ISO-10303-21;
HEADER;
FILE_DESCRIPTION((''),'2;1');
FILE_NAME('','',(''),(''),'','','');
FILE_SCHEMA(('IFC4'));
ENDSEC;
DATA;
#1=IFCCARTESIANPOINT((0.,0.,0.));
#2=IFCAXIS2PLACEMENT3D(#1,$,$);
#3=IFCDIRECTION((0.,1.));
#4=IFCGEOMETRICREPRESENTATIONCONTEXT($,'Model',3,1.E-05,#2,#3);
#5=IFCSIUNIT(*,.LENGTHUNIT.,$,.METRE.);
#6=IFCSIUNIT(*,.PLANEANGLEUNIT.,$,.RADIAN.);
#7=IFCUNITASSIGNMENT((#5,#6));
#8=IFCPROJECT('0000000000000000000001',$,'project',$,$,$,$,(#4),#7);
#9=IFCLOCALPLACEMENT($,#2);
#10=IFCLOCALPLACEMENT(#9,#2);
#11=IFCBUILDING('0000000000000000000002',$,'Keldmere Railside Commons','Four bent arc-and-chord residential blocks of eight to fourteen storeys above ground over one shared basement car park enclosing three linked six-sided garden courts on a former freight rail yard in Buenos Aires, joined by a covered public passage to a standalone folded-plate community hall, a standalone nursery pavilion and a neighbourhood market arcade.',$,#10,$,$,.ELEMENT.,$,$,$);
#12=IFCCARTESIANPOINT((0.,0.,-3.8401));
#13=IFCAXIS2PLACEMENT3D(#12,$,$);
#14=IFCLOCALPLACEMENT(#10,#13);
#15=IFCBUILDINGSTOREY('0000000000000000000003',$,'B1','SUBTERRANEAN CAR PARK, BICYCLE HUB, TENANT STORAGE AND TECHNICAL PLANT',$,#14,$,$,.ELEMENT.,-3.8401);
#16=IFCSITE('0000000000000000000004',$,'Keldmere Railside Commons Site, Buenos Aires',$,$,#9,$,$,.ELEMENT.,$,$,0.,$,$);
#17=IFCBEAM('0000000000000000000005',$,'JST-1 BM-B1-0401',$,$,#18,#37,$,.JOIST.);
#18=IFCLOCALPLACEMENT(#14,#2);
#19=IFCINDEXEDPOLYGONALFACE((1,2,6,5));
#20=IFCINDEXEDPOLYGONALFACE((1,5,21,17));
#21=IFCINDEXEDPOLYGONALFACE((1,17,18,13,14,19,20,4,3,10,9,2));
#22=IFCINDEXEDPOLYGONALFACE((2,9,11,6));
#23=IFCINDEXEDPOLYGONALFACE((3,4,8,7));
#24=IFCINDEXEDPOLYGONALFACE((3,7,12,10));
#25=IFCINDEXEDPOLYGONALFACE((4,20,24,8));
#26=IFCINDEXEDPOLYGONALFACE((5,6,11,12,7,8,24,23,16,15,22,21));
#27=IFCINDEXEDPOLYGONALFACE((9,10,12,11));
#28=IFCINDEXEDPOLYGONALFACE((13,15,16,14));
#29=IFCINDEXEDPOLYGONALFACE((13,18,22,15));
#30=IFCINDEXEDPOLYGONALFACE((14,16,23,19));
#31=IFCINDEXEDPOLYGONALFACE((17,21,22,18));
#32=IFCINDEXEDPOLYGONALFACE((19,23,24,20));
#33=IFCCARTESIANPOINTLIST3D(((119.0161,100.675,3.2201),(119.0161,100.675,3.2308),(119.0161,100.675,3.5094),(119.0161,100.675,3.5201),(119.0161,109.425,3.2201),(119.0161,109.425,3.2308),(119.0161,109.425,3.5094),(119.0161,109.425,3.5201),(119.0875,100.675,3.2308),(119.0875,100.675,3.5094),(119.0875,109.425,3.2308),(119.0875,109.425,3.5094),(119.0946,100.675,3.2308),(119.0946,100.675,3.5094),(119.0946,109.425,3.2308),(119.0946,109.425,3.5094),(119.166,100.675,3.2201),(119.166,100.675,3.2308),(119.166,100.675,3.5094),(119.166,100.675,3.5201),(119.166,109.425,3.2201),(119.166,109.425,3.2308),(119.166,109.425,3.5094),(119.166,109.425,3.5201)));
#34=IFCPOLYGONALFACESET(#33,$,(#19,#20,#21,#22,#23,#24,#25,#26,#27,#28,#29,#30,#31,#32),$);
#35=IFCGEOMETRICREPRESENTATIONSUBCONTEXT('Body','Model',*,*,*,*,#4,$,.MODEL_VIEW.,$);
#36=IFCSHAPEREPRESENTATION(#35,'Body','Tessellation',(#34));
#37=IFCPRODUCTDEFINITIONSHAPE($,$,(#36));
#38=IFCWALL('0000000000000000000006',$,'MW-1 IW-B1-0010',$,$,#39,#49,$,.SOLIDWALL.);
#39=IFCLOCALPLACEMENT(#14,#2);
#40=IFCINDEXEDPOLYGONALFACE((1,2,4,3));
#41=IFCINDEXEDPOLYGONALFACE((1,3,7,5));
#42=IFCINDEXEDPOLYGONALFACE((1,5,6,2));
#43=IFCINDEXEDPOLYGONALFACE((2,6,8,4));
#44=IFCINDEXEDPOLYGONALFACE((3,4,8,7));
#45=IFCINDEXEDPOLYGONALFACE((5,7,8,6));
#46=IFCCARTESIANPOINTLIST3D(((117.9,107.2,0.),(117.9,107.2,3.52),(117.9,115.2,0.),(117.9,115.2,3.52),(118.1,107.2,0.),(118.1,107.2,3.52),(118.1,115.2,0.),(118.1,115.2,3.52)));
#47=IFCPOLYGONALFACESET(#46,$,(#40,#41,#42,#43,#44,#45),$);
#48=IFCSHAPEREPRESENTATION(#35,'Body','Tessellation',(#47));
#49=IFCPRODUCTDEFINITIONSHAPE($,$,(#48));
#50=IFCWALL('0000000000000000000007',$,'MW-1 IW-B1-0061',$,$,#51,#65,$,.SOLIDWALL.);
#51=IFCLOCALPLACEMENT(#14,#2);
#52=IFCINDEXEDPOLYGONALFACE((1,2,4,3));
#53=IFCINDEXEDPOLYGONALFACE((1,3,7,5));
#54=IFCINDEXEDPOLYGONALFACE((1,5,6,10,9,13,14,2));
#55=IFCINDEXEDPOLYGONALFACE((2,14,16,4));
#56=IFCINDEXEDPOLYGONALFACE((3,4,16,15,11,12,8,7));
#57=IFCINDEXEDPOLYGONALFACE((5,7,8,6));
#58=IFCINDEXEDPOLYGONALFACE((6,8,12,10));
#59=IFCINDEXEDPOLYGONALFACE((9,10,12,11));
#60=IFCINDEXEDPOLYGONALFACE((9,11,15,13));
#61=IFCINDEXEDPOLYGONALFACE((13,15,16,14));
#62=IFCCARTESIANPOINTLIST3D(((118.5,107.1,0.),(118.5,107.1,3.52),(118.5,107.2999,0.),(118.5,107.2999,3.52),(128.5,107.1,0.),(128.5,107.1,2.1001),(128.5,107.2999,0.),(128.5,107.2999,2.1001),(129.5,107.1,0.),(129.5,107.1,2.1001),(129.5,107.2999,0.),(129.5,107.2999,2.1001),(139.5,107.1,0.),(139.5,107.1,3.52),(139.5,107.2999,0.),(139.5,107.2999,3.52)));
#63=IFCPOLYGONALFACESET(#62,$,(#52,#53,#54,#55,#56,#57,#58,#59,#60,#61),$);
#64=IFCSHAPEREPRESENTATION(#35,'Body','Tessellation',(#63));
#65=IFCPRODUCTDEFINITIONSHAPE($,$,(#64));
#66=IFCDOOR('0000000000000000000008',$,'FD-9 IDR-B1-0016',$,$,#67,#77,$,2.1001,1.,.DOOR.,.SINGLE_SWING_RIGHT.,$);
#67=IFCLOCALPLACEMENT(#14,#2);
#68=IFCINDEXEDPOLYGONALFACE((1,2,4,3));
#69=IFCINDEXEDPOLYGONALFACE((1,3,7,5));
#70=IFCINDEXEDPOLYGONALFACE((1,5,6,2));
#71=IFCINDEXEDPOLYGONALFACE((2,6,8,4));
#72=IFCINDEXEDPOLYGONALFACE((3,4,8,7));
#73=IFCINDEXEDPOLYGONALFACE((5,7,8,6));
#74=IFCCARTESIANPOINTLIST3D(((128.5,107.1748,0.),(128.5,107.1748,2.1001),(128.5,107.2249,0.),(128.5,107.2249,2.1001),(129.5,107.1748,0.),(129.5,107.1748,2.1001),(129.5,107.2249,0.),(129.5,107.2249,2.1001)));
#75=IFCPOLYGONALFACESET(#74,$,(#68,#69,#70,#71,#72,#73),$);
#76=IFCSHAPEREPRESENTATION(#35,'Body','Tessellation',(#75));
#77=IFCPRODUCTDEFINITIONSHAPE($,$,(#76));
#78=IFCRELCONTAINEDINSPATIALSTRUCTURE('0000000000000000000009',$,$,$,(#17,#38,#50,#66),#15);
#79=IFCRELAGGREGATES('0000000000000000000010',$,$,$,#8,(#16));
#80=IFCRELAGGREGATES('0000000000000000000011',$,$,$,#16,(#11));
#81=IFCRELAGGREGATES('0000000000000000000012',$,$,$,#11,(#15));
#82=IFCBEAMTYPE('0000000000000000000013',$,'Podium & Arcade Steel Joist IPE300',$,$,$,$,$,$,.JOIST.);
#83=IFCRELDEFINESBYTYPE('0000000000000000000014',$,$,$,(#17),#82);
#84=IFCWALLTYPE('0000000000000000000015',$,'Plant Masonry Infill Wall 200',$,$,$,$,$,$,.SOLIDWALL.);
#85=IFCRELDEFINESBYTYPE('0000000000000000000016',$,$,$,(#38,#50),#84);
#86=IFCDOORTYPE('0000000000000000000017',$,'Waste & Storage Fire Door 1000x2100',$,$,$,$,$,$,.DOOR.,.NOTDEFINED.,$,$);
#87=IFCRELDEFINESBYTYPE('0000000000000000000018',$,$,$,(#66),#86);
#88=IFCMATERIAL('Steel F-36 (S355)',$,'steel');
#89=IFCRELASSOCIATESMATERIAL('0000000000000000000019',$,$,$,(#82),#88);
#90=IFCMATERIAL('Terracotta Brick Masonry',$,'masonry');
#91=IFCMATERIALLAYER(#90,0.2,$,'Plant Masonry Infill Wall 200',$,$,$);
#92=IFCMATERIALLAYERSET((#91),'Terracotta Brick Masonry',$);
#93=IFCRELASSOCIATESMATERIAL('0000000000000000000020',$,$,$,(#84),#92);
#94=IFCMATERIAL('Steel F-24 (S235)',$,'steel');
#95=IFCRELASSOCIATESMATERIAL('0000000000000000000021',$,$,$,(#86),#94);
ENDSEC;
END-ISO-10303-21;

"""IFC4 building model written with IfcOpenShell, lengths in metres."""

from ifc_helpers import new_model, si_unit, direction, frame, frame_2d, origin, origin_2d, place, context, subcontext, project, spatial, rectangle, i_section, extrude, material, layer, layer_set, material_profile, profile_set, type_object, element, fill, save


model = new_model("IFC4")

# Units and contexts
model_context = context("Model", 3, precision=1e-05, world=origin(), true_north=direction((0.0, 1.0)))
body_context = subcontext(model_context, "Body", "Model", "MODEL_VIEW")
ifc_project = project(units=[si_unit("LENGTHUNIT", "METRE"), si_unit("PLANEANGLEUNIT", "RADIAN")], contexts=[model_context])

# Site, building, storey
site_placement = place(None, origin())
site = spatial("IfcSite", under=ifc_project, at=site_placement, Name="Keldmere Railside Commons Site, Buenos Aires", CompositionType="ELEMENT", RefElevation=0.0)
building_placement = place(site_placement, origin())
building = spatial("IfcBuilding", under=site, at=building_placement, Name="Keldmere Railside Commons", Description="Four bent arc-and-chord residential blocks of eight to fourteen storeys above ground over one shared basement car park enclosing three linked six-sided garden courts on a former freight rail yard in Buenos Aires, joined by a covered public passage to a standalone folded-plate community hall, a standalone nursery pavilion and a neighbourhood market arcade.", CompositionType="ELEMENT")
storey_placement = place(building_placement, frame((0.0, 0.0, -3.8401)))
storey = spatial("IfcBuildingStorey", under=building, at=storey_placement, Name="B1", Description="SUBTERRANEAN CAR PARK, BICYCLE HUB, TENANT STORAGE AND TECHNICAL PLANT", CompositionType="ELEMENT", Elevation=-3.8401)

# Beam
ifc_material_1 = material(Name="Steel F-36 (S355)", Category="steel")
ifc_material_profile_1 = material_profile(ifc_material_1, i_section(OverallWidth=0.1499, OverallDepth=0.3, WebThickness=0.0071, FlangeThickness=0.0107, at=origin_2d()), Name="IPE-300")
ifc_profile_set_1 = profile_set([ifc_material_profile_1], Name="Steel F-36 (S355)")
beam_type_1 = type_object("IfcBeamType", Name="Podium & Arcade Steel Joist IPE300", PredefinedType="JOIST", material=ifc_profile_set_1)
beam_1_placement = place(storey_placement, frame((119.0911, 100.675, 3.3701), z_axis=(0.0, 1.0, 0.0), x_axis=(-1.0, 0.0, 0.0)))
element("IfcBeam", 1, at=beam_1_placement, inside=storey, type_object=beam_type_1, Name="JST-1 BM-B1-0401", PredefinedType="JOIST", context=body_context, shape_type="SweptSolid", body=[
    extrude(i_section(OverallWidth=0.1499, OverallDepth=0.3, WebThickness=0.0071, FlangeThickness=0.0107, at=origin_2d()), origin(), (0.0, 0.0, 1.0), 8.75),
])

# Wall
ifc_material_2 = material(Name="Terracotta Brick Masonry", Category="masonry")
ifc_layer = layer(ifc_material_2, 0.2, Name="Plant Masonry Infill Wall 200")
ifc_layer_set = layer_set([ifc_layer], Name="Terracotta Brick Masonry")
wall_type = type_object("IfcWallType", Name="Plant Masonry Infill Wall 200", PredefinedType="SOLIDWALL", material=ifc_layer_set)
wall_1_placement = place(storey_placement, frame((118.0, 107.2, 0.0), z_axis=(0.0, 0.0, 1.0), x_axis=(0.0, 1.0, 0.0)))
element("IfcWall", 2, at=wall_1_placement, inside=storey, type_object=wall_type, Name="MW-1 IW-B1-0010", PredefinedType="SOLIDWALL", context=body_context, shape_type="SweptSolid", body=[
    extrude(rectangle(XDim=8.0, YDim=0.2, at=frame_2d((4.0, 0.0))), origin(), (0.0, 0.0, 1.0), 3.52),
])

# Wall, opening, door
wall_2_placement = place(storey_placement, frame((118.5, 107.2, 0.0), z_axis=(0.0, 0.0, 1.0), x_axis=(1.0, 0.0, 0.0)))
wall_2 = element("IfcWall", 3, at=wall_2_placement, inside=storey, type_object=wall_type, Name="MW-1 IW-B1-0061", PredefinedType="SOLIDWALL", context=body_context, shape_type="SweptSolid", body=[
    extrude(rectangle(XDim=21.0, YDim=0.2, at=frame_2d((10.5, 0.0))), origin(), (0.0, 0.0, 1.0), 3.52),
])
opening_placement = place(wall_2_placement, frame((10.0, 0.0, 0.0)))
opening = element("IfcOpeningElement", 4, at=opening_placement, cuts=wall_2, PredefinedType="OPENING", context=body_context, shape_type="SweptSolid", body=[
    extrude(rectangle(XDim=1.0, YDim=2.1001, at=frame_2d((0.5, 1.05))), frame((0.0, 0.1099, 0.0), z_axis=(0.0, -1.0, 0.0), x_axis=(1.0, 0.0, 0.0)), (0.0, 0.0, 1.0), 0.22),
])
ifc_material_3 = material(Name="Steel F-24 (S235)", Category="steel")
door_type = type_object("IfcDoorType", Name="Waste & Storage Fire Door 1000x2100", OperationType="NOTDEFINED", PredefinedType="DOOR", material=ifc_material_3)
door_placement = place(opening_placement, origin())
door = element("IfcDoor", 5, at=door_placement, inside=storey, type_object=door_type, Name="FD-9 IDR-B1-0016", OperationType="SINGLE_SWING_RIGHT", OverallHeight=2.1001, OverallWidth=1.0, PredefinedType="DOOR", context=body_context, shape_type="SweptSolid", body=[
    extrude(rectangle(XDim=1.0, YDim=2.1001, at=frame_2d((0.5, 1.05))), frame((0.0, 0.0249, 0.0), z_axis=(0.0, -1.0, 0.0), x_axis=(1.0, 0.0, 0.0)), (0.0, 0.0, 1.0), 0.05),
])
fill(opening, door)

save(model, "model.ifc")
